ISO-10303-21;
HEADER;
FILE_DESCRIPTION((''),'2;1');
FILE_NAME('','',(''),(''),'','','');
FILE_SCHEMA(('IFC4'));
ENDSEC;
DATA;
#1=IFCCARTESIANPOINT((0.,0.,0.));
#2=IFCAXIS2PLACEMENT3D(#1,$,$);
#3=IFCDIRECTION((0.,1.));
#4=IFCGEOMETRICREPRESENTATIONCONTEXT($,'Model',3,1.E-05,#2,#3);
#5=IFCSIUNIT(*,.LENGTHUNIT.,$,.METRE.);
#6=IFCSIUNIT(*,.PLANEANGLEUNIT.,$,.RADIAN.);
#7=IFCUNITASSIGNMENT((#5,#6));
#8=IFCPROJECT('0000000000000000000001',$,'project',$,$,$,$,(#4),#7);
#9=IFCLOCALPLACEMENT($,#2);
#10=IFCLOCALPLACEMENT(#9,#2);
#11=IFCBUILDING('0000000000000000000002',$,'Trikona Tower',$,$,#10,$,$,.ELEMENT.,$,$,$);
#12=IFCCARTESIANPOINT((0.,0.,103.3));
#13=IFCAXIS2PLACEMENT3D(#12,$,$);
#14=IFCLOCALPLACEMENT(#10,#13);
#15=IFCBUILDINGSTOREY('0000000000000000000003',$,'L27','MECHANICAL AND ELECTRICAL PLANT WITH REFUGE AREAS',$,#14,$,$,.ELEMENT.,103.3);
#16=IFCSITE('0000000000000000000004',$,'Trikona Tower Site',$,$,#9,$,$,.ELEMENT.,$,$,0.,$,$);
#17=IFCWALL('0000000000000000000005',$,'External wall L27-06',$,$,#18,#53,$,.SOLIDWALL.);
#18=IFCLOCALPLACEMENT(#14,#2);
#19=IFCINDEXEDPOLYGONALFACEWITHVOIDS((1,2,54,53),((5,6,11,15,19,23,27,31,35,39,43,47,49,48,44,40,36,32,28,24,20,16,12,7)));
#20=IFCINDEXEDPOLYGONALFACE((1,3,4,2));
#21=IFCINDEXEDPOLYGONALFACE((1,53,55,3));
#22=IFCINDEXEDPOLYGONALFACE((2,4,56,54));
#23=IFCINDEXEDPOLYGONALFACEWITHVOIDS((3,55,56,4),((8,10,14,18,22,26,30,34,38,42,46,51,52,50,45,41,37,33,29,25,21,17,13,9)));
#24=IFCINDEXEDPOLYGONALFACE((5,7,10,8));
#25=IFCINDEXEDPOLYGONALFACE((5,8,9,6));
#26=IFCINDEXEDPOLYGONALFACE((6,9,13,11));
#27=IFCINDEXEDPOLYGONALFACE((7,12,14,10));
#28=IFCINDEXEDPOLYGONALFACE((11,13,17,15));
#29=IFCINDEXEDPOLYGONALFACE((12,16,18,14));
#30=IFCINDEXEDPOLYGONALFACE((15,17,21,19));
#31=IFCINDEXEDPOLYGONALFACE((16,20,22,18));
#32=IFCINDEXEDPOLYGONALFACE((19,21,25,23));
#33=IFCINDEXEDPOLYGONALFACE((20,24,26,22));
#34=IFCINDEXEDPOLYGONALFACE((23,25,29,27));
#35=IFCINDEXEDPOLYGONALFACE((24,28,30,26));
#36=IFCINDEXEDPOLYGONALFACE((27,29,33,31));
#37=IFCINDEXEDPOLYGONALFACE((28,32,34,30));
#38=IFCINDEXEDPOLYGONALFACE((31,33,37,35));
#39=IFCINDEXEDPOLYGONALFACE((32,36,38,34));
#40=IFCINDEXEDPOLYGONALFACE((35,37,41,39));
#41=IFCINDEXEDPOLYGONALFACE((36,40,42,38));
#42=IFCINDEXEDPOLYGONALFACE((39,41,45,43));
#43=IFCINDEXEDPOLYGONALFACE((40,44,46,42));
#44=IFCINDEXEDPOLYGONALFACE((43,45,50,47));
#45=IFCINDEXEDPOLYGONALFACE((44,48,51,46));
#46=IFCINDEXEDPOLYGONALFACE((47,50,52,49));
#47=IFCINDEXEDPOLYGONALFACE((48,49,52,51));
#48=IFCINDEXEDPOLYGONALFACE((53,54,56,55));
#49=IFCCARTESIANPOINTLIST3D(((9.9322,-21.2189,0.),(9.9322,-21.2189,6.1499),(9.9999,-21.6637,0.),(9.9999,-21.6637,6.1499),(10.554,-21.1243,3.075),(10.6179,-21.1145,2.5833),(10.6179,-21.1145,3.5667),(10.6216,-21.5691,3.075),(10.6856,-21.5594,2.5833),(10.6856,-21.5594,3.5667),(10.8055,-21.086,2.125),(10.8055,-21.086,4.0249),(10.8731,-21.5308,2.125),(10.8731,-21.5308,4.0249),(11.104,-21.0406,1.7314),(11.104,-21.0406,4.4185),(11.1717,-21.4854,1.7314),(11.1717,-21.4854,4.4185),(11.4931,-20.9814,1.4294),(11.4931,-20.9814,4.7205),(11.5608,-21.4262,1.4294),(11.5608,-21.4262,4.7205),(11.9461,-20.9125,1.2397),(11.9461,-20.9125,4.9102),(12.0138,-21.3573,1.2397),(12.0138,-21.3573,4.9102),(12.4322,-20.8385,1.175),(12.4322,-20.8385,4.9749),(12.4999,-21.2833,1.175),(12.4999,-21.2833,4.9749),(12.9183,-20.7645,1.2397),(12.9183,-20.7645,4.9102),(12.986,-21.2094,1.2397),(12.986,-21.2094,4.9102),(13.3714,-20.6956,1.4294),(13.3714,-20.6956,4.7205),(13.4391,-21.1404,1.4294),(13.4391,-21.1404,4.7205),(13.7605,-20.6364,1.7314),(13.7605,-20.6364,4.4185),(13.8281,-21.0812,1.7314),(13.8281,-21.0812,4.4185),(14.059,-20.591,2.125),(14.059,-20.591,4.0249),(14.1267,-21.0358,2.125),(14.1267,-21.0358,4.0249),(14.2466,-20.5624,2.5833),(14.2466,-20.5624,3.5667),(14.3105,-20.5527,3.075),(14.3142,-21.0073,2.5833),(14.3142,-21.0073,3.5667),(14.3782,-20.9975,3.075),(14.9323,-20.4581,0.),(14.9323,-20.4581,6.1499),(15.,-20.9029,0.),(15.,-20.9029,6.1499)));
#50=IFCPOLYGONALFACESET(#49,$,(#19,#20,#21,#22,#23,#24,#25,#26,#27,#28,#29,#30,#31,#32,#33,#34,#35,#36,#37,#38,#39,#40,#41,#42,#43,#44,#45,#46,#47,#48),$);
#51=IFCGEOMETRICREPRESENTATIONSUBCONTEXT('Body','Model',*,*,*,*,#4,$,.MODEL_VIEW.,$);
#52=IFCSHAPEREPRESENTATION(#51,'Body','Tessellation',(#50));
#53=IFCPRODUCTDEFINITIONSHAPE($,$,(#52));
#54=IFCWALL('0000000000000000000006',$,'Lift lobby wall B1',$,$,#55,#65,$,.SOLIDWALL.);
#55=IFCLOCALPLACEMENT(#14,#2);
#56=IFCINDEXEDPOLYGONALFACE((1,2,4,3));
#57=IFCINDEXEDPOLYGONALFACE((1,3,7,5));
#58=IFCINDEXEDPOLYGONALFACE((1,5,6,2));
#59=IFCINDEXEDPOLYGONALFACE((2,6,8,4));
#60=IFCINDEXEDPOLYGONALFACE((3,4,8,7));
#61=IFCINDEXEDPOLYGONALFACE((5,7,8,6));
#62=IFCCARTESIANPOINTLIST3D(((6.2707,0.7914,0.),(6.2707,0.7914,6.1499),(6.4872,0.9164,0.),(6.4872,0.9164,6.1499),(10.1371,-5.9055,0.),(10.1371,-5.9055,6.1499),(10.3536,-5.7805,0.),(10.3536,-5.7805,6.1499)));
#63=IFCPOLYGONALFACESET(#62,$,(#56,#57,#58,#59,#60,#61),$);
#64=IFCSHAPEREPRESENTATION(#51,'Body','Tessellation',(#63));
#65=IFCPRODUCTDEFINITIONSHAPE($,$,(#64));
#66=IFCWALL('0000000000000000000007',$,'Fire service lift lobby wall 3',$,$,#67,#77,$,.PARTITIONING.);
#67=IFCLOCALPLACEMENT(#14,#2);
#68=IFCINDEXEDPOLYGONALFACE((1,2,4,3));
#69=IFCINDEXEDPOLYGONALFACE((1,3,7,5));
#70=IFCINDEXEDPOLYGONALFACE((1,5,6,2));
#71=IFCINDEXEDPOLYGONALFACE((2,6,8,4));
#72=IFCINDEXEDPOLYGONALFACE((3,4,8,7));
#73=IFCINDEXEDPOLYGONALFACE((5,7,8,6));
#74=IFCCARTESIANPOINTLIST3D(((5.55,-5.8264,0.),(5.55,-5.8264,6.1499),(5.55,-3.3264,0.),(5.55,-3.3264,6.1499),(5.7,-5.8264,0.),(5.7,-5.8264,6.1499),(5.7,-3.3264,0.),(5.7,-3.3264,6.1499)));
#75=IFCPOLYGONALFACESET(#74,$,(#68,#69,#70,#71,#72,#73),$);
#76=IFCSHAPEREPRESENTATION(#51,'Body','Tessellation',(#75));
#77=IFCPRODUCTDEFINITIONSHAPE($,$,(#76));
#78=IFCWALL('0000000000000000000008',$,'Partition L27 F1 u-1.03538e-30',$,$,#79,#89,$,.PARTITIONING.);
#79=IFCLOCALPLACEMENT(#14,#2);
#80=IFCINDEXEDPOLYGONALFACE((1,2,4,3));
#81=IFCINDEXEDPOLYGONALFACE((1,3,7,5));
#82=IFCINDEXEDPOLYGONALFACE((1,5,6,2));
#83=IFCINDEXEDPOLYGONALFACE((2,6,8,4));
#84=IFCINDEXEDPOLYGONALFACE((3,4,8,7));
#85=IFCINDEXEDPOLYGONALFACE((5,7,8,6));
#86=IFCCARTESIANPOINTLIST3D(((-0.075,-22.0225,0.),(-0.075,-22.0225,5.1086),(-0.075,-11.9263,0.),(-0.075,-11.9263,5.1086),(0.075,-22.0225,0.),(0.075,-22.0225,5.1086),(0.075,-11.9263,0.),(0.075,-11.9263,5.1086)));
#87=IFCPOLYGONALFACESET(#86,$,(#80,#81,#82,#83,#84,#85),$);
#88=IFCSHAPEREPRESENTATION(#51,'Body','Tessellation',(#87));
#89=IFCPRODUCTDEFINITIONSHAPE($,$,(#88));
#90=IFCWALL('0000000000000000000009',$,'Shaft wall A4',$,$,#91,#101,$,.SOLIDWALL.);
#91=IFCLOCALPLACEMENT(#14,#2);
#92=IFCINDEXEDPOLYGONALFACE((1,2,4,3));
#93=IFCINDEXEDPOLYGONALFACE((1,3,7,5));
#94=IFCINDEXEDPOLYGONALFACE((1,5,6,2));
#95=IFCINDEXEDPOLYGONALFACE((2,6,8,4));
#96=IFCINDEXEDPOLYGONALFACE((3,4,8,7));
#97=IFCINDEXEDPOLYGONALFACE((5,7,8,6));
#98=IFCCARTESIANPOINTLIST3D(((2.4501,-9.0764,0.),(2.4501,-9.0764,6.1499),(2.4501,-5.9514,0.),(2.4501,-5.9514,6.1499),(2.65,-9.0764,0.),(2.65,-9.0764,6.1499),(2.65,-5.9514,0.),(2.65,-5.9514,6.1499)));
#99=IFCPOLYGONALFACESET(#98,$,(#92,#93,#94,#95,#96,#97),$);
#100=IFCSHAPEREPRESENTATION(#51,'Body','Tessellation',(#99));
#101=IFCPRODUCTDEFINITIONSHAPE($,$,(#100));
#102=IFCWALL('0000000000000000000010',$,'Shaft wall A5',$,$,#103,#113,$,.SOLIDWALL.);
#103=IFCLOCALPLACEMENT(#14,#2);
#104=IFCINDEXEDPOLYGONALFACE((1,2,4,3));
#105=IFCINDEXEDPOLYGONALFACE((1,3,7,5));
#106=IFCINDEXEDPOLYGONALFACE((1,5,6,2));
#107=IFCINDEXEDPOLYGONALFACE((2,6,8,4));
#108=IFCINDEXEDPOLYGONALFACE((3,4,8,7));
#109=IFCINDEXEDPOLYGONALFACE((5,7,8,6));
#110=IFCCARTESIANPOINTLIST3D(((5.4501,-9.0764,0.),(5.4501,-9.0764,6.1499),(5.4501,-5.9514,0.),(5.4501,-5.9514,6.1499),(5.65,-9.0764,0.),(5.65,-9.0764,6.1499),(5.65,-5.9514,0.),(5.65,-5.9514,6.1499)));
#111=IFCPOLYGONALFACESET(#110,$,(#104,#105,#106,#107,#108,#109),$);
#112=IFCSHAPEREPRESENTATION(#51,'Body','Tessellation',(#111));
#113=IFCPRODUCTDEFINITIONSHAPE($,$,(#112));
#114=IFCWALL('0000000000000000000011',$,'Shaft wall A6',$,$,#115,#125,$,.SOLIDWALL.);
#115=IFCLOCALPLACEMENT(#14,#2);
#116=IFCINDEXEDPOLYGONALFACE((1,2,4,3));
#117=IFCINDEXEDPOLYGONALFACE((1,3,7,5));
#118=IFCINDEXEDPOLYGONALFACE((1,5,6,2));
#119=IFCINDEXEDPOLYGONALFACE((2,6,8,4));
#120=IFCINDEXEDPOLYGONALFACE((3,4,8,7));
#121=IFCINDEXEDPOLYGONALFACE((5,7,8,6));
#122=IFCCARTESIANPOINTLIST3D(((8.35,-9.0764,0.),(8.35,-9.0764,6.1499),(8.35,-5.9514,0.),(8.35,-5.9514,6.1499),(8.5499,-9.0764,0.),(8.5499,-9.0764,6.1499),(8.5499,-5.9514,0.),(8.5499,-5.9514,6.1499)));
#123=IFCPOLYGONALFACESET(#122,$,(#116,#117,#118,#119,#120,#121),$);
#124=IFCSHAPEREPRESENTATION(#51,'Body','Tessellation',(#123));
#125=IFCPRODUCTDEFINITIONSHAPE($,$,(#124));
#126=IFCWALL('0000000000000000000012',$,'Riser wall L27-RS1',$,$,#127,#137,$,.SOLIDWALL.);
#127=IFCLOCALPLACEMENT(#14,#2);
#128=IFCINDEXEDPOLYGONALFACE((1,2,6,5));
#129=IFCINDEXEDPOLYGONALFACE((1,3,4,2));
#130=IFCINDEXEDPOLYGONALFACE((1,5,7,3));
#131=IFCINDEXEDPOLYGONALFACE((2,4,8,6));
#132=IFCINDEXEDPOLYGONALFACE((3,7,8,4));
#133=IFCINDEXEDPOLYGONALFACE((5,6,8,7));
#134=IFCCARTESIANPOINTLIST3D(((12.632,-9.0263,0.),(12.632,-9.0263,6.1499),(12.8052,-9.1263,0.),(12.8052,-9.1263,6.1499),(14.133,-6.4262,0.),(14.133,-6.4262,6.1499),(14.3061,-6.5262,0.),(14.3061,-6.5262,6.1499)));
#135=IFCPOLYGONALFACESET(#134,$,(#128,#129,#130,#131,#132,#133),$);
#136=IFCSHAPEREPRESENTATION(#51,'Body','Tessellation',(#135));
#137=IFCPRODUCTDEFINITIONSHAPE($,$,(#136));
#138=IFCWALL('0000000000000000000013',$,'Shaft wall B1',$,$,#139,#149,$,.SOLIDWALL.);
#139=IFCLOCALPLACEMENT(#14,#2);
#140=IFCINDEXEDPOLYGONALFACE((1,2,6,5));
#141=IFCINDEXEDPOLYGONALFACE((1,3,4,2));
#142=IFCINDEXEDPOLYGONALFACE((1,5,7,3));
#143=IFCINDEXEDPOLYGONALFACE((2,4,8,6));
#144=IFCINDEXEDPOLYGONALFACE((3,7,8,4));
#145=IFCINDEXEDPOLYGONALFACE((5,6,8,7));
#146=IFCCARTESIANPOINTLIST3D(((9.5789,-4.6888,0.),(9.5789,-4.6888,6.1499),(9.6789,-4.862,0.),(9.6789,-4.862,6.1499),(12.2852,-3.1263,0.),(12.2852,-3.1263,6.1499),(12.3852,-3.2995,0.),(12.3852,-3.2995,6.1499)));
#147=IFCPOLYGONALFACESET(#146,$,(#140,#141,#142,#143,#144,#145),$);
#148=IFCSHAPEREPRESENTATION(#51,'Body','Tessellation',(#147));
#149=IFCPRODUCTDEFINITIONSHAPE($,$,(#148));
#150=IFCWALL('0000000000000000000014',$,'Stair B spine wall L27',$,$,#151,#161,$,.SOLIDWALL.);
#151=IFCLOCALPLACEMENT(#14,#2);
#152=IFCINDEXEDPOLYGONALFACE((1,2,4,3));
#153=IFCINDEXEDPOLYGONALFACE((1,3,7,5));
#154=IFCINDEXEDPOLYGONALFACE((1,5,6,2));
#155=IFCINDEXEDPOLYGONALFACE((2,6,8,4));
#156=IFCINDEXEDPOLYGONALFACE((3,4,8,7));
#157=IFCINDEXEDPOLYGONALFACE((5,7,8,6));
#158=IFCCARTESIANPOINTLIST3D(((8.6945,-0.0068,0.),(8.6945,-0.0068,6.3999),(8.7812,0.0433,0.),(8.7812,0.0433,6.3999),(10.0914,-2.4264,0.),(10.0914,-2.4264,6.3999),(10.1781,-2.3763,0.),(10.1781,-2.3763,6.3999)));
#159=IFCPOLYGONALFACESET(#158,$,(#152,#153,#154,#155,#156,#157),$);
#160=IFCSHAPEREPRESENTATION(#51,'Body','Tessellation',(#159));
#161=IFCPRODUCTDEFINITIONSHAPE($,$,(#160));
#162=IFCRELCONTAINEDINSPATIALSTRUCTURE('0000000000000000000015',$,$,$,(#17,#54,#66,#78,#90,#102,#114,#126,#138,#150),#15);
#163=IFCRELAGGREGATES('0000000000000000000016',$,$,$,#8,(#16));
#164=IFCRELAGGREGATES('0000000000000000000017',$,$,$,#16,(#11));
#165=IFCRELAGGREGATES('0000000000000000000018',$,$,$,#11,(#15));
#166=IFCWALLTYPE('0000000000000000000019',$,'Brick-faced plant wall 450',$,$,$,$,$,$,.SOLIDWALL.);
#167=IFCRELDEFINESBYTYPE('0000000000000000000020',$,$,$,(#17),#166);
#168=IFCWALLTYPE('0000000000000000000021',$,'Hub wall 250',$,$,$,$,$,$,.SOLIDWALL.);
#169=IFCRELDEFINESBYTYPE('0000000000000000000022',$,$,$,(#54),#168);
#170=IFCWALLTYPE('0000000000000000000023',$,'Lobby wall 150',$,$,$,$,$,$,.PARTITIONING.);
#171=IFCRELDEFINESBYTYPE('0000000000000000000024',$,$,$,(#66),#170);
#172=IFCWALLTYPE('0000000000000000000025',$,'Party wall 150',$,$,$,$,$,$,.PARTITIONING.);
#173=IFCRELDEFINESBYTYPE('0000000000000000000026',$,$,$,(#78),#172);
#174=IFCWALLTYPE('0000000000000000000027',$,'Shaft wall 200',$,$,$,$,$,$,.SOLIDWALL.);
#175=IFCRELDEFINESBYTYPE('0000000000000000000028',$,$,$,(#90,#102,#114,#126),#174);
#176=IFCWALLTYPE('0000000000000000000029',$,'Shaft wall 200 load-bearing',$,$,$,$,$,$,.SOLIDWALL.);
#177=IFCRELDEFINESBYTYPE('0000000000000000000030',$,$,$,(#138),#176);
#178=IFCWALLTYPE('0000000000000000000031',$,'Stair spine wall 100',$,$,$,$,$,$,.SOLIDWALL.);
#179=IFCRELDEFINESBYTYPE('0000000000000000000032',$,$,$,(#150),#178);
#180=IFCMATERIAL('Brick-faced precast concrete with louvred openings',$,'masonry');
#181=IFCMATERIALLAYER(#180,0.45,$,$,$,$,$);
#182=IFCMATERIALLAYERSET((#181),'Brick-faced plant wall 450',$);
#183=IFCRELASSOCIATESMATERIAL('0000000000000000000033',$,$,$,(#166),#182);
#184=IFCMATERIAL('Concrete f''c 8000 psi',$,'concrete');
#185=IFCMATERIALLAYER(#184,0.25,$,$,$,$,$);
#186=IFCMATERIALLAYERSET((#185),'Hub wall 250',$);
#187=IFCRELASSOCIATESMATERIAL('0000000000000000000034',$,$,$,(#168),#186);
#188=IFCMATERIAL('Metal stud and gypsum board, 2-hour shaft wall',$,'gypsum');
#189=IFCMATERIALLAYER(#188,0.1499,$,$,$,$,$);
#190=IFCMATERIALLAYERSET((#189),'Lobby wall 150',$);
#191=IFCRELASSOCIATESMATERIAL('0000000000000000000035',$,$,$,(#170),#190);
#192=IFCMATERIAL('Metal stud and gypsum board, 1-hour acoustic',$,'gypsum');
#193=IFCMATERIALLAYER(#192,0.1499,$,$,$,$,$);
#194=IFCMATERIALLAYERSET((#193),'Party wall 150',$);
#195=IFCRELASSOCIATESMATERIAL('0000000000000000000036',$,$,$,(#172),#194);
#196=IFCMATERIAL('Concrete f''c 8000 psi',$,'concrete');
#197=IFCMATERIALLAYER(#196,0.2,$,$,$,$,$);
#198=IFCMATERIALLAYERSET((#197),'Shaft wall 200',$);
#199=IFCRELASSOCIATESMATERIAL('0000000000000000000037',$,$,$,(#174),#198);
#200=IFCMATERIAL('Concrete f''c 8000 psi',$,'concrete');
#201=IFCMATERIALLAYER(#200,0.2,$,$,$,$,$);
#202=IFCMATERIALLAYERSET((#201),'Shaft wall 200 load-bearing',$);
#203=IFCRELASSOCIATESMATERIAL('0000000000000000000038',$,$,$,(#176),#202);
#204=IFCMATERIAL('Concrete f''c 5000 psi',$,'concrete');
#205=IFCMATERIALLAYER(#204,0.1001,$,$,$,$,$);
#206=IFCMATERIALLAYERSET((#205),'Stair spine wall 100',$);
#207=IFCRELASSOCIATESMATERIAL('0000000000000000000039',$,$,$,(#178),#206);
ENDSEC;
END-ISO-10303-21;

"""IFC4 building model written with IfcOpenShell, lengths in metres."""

from ifc_helpers import new_model, si_unit, direction, frame, frame_2d, origin, place, context, subcontext, project, spatial, polyline, rectangle, outline, extrude, material, layer, layer_set, type_object, element, save


model = new_model("IFC4")

# Units and contexts
model_context = context("Model", 3, precision=1e-05, world=origin(), true_north=direction((0.0, 1.0)))
body_context = subcontext(model_context, "Body", "Model", "MODEL_VIEW")
ifc_project = project(units=[si_unit("LENGTHUNIT", "METRE"), si_unit("PLANEANGLEUNIT", "RADIAN")], contexts=[model_context])

# Site, building, storey
site_placement = place(None, origin())
site = spatial("IfcSite", under=ifc_project, at=site_placement, Name="Trikona Tower Site", CompositionType="ELEMENT", RefElevation=0.0)
building_placement = place(site_placement, origin())
building = spatial("IfcBuilding", under=site, at=building_placement, Name="Trikona Tower", CompositionType="ELEMENT")
storey_placement = place(building_placement, frame((0.0, 0.0, 103.3)))
storey = spatial("IfcBuildingStorey", under=building, at=storey_placement, Name="L27", Description="MECHANICAL AND ELECTRICAL PLANT WITH REFUGE AREAS", CompositionType="ELEMENT", Elevation=103.3)

# Walls
ifc_material_1 = material(Name="Brick-faced precast concrete with louvred openings", Category="masonry")
ifc_layer_1 = layer(ifc_material_1, 0.45)
ifc_layer_set_1 = layer_set([ifc_layer_1], Name="Brick-faced plant wall 450")
wall_type_1 = type_object("IfcWallType", Name="Brick-faced plant wall 450", PredefinedType="SOLIDWALL", material=ifc_layer_set_1)
wall_1_placement = place(storey_placement, frame((9.9661, -21.4414, 0.0), z_axis=(0.0, 0.0, 1.0), x_axis=(0.988623, 0.150417, 0.0)))
element("IfcWall", 1, at=wall_1_placement, inside=storey, type_object=wall_type_1, Name="External wall L27-06", PredefinedType="SOLIDWALL", context=body_context, shape_type="SweptSolid", body=[
    extrude(outline(polyline([(0.0, 0.0), (5.0576, 0.0), (5.0576, 6.1499), (0.0, 6.1499), (0.0, 0.0)]), holes=[polyline([(4.4287, 3.075), (4.364, 3.5667), (4.1743, 4.0249), (3.8723, 4.4185), (3.4788, 4.7205), (3.0205, 4.9102), (2.5288, 4.9749), (2.0371, 4.9102), (1.5789, 4.7205), (1.1853, 4.4185), (0.8833, 4.0249), (0.6936, 3.5667), (0.6289, 3.075), (0.6936, 2.5833), (0.8833, 2.125), (1.1853, 1.7314), (1.5789, 1.4294), (2.0371, 1.2397), (2.5288, 1.175), (3.0205, 1.2397), (3.4788, 1.4294), (3.8723, 1.7314), (4.1743, 2.125), (4.364, 2.5833), (4.4287, 3.075)])]), frame((0.0, 0.2251, 0.0), z_axis=(0.0, -1.0, 0.0), x_axis=(1.0, 0.0, 0.0)), (0.0, 0.0, 1.0), 0.45),
])
ifc_material_2 = material(Name="Concrete f'c 8000 psi", Category="concrete")
ifc_layer_2 = layer(ifc_material_2, 0.25)
ifc_layer_set_2 = layer_set([ifc_layer_2], Name="Hub wall 250")
wall_type_2 = type_object("IfcWallType", Name="Hub wall 250", PredefinedType="SOLIDWALL", material=ifc_layer_set_2)
wall_2_placement = place(storey_placement, frame((10.2454, -5.843, 0.0), z_axis=(0.0, 0.0, 1.0), x_axis=(-0.499993, 0.866029, 0.0)))
element("IfcWall", 2, at=wall_2_placement, inside=storey, type_object=wall_type_2, Name="Lift lobby wall B1", PredefinedType="SOLIDWALL", context=body_context, shape_type="SweptSolid", body=[
    extrude(rectangle(XDim=7.7329, YDim=0.25, at=frame_2d((3.8665, 0.0))), origin(), (0.0, 0.0, 1.0), 6.1499),
])
ifc_material_3 = material(Name="Metal stud and gypsum board, 2-hour shaft wall", Category="gypsum")
ifc_layer_3 = layer(ifc_material_3, 0.1499)
ifc_layer_set_3 = layer_set([ifc_layer_3], Name="Lobby wall 150")
wall_type_3 = type_object("IfcWallType", Name="Lobby wall 150", PredefinedType="PARTITIONING", material=ifc_layer_set_3)
wall_3_placement = place(storey_placement, frame((5.625, -5.8264, 0.0), z_axis=(0.0, 0.0, 1.0), x_axis=(0.0, 1.0, 0.0)))
element("IfcWall", 3, at=wall_3_placement, inside=storey, type_object=wall_type_3, Name="Fire service lift lobby wall 3", PredefinedType="PARTITIONING", context=body_context, shape_type="SweptSolid", body=[
    extrude(rectangle(XDim=2.5, YDim=0.1499, at=frame_2d((1.25, 0.0))), origin(), (0.0, 0.0, 1.0), 6.1499),
])
ifc_material_4 = material(Name="Metal stud and gypsum board, 1-hour acoustic", Category="gypsum")
ifc_layer_4 = layer(ifc_material_4, 0.1499)
ifc_layer_set_4 = layer_set([ifc_layer_4], Name="Party wall 150")
wall_type_4 = type_object("IfcWallType", Name="Party wall 150", PredefinedType="PARTITIONING", material=ifc_layer_set_4)
wall_4_placement = place(storey_placement, frame((0.0, -11.9263, 0.0), z_axis=(0.0, 0.0, 1.0), x_axis=(0.0, -1.0, 0.0)))
element("IfcWall", 4, at=wall_4_placement, inside=storey, type_object=wall_type_4, Name="Partition L27 F1 u-1.03538e-30", PredefinedType="PARTITIONING", context=body_context, shape_type="SweptSolid", body=[
    extrude(rectangle(XDim=10.0962, YDim=0.1499, at=frame_2d((5.0481, 0.0))), origin(), (0.0, 0.0, 1.0), 5.1086),
])
ifc_material_5 = material(Name="Concrete f'c 8000 psi", Category="concrete")
ifc_layer_5 = layer(ifc_material_5, 0.2)
ifc_layer_set_5 = layer_set([ifc_layer_5], Name="Shaft wall 200")
wall_type_5 = type_object("IfcWallType", Name="Shaft wall 200", PredefinedType="SOLIDWALL", material=ifc_layer_set_5)
for number, where, z_axis, x_axis, name in (
    (5, (2.55, -5.9514, 0.0), (0.0, 0.0, 1.0), (0.0, -1.0, 0.0), "Shaft wall A4"),
    (6, (5.55, -5.9514, 0.0), (0.0, 0.0, 1.0), (0.0, -1.0, 0.0), "Shaft wall A5"),
    (7, (8.45, -5.9514, 0.0), (0.0, 0.0, 1.0), (0.0, -1.0, 0.0), "Shaft wall A6"),
):
    element("IfcWall", number, at=place(storey_placement, frame(where, z_axis=z_axis, x_axis=x_axis)), inside=storey, type_object=wall_type_5, Name=name, PredefinedType="SOLIDWALL", context=body_context, shape_type="SweptSolid", body=[
        extrude(rectangle(XDim=3.125, YDim=0.2, at=frame_2d((1.5625, 0.0))), origin(), (0.0, 0.0, 1.0), 6.1499),
    ])
wall_5_placement = place(storey_placement, frame((14.2195, -6.4763, 0.0), z_axis=(0.0, 0.0, 1.0), x_axis=(-0.499952, -0.866053, 0.0)))
element("IfcWall", 8, at=wall_5_placement, inside=storey, type_object=wall_type_5, Name="Riser wall L27-RS1", PredefinedType="SOLIDWALL", context=body_context, shape_type="SweptSolid", body=[
    extrude(rectangle(XDim=3.0022, YDim=0.2, at=frame_2d((1.501, 0.0))), origin(), (0.0, 0.0, 1.0), 6.1499),
])
ifc_material_6 = material(Name="Concrete f'c 8000 psi", Category="concrete")
ifc_layer_6 = layer(ifc_material_6, 0.2)
ifc_layer_set_6 = layer_set([ifc_layer_6], Name="Shaft wall 200 load-bearing")
wall_type_6 = type_object("IfcWallType", Name="Shaft wall 200 load-bearing", PredefinedType="SOLIDWALL", material=ifc_layer_set_6)
wall_6_placement = place(storey_placement, frame((9.6289, -4.7754, 0.0), z_axis=(0.0, 0.0, 1.0), x_axis=(0.866023, 0.500004, 0.0)))
element("IfcWall", 9, at=wall_6_placement, inside=storey, type_object=wall_type_6, Name="Shaft wall B1", PredefinedType="SOLIDWALL", context=body_context, shape_type="SweptSolid", body=[
    extrude(rectangle(XDim=3.125, YDim=0.2, at=frame_2d((1.5625, 0.0))), origin(), (0.0, 0.0, 1.0), 6.1499),
])
ifc_material_7 = material(Name="Concrete f'c 5000 psi", Category="concrete")
ifc_layer_7 = layer(ifc_material_7, 0.1001)
ifc_layer_set_7 = layer_set([ifc_layer_7], Name="Stair spine wall 100")
wall_type_7 = type_object("IfcWallType", Name="Stair spine wall 100", PredefinedType="SOLIDWALL", material=ifc_layer_set_7)
wall_7_placement = place(storey_placement, frame((10.1348, -2.4014, 0.0), z_axis=(0.0, 0.0, 1.0), x_axis=(-0.499992, 0.86603, 0.0)))
element("IfcWall", 10, at=wall_7_placement, inside=storey, type_object=wall_type_7, Name="Stair B spine wall L27", PredefinedType="SOLIDWALL", context=body_context, shape_type="SweptSolid", body=[
    extrude(rectangle(XDim=2.7939, YDim=0.1001, at=frame_2d((1.397, 0.0))), origin(), (0.0, 0.0, 1.0), 6.3999),
])

save(model, "model.ifc")
